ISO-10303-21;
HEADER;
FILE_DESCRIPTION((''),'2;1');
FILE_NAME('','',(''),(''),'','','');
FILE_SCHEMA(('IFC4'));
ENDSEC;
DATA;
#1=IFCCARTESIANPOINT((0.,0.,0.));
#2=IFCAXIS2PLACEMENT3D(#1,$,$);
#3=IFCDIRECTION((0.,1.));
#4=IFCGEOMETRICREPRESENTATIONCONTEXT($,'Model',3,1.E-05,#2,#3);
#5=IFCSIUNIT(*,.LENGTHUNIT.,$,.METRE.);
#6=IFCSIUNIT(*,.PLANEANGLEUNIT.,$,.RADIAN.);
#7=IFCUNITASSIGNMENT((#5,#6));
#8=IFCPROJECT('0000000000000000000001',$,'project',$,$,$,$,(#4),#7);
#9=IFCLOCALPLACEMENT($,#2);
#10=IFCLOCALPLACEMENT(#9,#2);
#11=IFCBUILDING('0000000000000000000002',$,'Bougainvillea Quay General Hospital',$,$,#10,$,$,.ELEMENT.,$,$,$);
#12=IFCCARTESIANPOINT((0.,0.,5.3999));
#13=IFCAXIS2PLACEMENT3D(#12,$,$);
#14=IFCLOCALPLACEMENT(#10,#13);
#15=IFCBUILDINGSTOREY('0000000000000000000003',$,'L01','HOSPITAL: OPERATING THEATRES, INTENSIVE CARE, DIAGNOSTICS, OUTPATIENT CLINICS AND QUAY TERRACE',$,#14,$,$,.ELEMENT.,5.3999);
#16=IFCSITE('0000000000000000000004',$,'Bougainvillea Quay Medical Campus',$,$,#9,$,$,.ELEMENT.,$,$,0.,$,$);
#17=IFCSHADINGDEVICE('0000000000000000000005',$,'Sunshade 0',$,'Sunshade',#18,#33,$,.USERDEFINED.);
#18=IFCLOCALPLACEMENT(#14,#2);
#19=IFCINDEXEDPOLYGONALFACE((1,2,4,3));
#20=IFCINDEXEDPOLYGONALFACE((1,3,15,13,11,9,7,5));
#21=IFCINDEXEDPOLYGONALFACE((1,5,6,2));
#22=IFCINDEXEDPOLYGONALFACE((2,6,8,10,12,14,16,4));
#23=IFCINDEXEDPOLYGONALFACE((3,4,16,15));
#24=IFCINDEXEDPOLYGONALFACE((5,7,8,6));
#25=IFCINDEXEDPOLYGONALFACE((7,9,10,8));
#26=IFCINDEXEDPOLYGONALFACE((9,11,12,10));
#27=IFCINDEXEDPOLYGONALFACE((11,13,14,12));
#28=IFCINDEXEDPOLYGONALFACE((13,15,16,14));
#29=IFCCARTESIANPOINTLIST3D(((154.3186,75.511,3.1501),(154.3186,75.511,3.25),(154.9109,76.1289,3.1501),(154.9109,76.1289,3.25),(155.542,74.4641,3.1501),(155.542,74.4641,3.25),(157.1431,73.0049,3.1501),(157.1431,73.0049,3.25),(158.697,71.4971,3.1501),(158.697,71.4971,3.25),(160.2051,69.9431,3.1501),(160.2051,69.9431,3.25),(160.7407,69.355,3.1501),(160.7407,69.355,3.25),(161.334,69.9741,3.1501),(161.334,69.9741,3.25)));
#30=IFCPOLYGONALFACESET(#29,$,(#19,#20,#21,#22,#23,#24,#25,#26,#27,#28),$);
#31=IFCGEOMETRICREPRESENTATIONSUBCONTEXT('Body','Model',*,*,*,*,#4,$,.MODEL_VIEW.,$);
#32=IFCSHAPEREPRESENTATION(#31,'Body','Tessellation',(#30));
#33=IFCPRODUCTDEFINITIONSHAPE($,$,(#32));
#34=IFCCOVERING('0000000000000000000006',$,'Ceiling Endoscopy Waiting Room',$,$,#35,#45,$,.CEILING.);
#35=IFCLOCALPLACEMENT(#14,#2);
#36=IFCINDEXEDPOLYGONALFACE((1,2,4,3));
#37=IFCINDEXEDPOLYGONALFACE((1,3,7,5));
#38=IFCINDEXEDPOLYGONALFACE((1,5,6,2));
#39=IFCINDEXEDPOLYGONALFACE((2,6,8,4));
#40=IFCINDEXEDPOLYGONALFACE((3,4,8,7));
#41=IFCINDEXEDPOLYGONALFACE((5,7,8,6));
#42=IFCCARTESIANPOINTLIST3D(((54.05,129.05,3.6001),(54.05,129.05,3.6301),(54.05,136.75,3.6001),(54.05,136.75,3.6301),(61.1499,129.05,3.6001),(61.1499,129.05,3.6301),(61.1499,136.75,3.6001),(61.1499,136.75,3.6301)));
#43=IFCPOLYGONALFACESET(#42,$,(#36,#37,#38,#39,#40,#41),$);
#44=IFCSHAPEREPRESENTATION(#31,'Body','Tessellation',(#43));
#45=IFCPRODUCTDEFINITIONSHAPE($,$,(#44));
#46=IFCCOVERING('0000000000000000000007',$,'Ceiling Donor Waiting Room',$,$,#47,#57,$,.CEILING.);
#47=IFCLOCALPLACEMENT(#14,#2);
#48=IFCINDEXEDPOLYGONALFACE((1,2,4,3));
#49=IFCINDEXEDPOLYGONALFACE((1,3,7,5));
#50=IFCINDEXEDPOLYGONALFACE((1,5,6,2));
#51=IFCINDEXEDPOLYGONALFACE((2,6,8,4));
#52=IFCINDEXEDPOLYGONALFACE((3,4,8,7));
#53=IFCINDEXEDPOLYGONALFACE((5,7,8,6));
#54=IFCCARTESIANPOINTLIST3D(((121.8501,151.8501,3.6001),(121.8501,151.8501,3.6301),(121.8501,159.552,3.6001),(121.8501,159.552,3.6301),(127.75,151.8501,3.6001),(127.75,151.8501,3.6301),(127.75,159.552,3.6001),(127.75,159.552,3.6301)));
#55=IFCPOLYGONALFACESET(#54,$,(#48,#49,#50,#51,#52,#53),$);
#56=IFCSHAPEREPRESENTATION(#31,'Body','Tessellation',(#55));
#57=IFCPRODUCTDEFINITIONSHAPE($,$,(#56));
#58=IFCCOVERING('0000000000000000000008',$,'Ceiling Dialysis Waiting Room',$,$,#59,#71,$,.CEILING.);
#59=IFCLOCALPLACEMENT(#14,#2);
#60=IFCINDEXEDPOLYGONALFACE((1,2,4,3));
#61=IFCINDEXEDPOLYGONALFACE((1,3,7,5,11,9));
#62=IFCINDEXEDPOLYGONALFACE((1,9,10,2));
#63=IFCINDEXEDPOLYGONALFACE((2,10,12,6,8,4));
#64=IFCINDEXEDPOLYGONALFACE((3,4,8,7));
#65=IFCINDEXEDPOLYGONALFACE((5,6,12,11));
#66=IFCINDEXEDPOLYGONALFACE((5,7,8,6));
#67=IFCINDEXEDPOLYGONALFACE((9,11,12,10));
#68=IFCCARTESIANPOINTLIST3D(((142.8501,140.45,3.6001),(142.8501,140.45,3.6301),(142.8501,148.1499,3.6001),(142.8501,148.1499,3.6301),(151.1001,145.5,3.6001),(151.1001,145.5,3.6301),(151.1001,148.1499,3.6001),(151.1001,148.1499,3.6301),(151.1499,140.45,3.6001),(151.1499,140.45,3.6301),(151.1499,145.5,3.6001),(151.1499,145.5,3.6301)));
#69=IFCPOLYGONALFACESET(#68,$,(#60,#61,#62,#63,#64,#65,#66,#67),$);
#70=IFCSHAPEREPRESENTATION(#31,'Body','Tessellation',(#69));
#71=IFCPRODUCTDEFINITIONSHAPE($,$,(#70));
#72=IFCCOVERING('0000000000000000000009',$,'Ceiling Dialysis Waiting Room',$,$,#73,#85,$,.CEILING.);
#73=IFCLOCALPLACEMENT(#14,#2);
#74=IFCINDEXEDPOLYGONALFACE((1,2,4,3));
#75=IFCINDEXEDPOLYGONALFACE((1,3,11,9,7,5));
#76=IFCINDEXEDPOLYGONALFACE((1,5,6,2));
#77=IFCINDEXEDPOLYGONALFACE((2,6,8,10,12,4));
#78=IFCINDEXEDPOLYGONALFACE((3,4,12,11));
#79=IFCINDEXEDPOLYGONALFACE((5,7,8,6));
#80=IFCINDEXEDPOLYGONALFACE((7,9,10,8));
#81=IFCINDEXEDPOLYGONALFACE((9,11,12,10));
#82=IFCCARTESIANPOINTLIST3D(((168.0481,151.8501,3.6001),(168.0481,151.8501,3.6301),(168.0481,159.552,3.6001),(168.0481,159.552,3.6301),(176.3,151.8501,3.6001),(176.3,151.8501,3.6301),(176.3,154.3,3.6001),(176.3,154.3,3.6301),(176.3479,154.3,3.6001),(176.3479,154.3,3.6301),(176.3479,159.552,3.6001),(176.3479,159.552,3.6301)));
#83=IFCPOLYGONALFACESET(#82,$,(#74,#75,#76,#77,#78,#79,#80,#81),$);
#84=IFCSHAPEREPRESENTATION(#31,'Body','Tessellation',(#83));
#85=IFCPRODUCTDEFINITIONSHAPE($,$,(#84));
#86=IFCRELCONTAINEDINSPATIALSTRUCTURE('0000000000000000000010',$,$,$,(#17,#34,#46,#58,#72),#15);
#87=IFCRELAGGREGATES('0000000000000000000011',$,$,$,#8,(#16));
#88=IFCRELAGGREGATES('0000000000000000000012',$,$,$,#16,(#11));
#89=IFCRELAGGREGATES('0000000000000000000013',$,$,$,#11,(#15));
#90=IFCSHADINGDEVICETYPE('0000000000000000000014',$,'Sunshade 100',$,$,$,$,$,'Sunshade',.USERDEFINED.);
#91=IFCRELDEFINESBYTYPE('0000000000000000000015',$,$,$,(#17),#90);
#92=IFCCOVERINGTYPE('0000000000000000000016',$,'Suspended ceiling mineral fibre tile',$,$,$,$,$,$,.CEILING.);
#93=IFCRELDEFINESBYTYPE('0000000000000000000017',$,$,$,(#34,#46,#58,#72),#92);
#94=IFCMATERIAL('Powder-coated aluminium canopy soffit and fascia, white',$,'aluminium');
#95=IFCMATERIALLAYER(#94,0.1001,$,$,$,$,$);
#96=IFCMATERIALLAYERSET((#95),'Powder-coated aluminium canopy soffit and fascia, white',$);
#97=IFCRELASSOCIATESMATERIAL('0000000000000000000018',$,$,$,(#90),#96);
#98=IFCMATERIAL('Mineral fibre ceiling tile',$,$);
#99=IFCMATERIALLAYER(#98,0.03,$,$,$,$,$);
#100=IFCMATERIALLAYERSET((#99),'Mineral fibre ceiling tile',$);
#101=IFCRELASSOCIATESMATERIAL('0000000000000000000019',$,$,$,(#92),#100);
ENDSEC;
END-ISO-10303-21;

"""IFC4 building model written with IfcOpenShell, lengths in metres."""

from ifc_helpers import new_model, si_unit, direction, frame, origin, place, context, subcontext, project, spatial, polyline, outline, extrude, material, layer, layer_set, type_object, element, save


model = new_model("IFC4")

# Units and contexts
model_context = context("Model", 3, precision=1e-05, world=origin(), true_north=direction((0.0, 1.0)))
body_context = subcontext(model_context, "Body", "Model", "MODEL_VIEW")
ifc_project = project(units=[si_unit("LENGTHUNIT", "METRE"), si_unit("PLANEANGLEUNIT", "RADIAN")], contexts=[model_context])

# Site, building, storey
site_placement = place(None, origin())
site = spatial("IfcSite", under=ifc_project, at=site_placement, Name="Bougainvillea Quay Medical Campus", CompositionType="ELEMENT", RefElevation=0.0)
building_placement = place(site_placement, origin())
building = spatial("IfcBuilding", under=site, at=building_placement, Name="Bougainvillea Quay General Hospital", CompositionType="ELEMENT")
storey_placement = place(building_placement, frame((0.0, 0.0, 5.3999)))
storey = spatial("IfcBuildingStorey", under=building, at=storey_placement, Name="L01", Description="HOSPITAL: OPERATING THEATRES, INTENSIVE CARE, DIAGNOSTICS, OUTPATIENT CLINICS AND QUAY TERRACE", CompositionType="ELEMENT", Elevation=5.3999)

# Shading device
ifc_material_1 = material(Name="Powder-coated aluminium canopy soffit and fascia, white", Category="aluminium")
ifc_layer_1 = layer(ifc_material_1, 0.1001)
ifc_layer_set_1 = layer_set([ifc_layer_1], Name="Powder-coated aluminium canopy soffit and fascia, white")
shading_device_type = type_object("IfcShadingDeviceType", Name="Sunshade 100", ElementType="Sunshade", PredefinedType="USERDEFINED", material=ifc_layer_set_1)
shading_device_1_placement = place(storey_placement, frame((0.0, 0.0, 3.1501)))
element("IfcShadingDevice", 1, at=shading_device_1_placement, inside=storey, type_object=shading_device_type, Name="Sunshade 0", ObjectType="Sunshade", PredefinedType="USERDEFINED", context=body_context, shape_type="SweptSolid", body=[
    extrude(outline(polyline([(154.9109, 76.1289), (154.3186, 75.511), (155.542, 74.4641), (157.1431, 73.0049), (158.697, 71.4971), (160.2051, 69.9431), (160.7407, 69.355), (161.334, 69.9741), (154.9109, 76.1289)])), origin(), (0.0, 0.0, 1.0), 0.0999),
])

# Coverings
ifc_material_2 = material(Name="Mineral fibre ceiling tile")
ifc_layer_2 = layer(ifc_material_2, 0.03)
ifc_layer_set_2 = layer_set([ifc_layer_2], Name="Mineral fibre ceiling tile")
covering_type = type_object("IfcCoveringType", Name="Suspended ceiling mineral fibre tile", PredefinedType="CEILING", material=ifc_layer_set_2)
covering_1_placement = place(storey_placement, frame((0.0, 0.0, 3.6001)))
element("IfcCovering", 2, at=covering_1_placement, inside=storey, type_object=covering_type, Name="Ceiling Endoscopy Waiting Room", PredefinedType="CEILING", context=body_context, shape_type="SweptSolid", body=[
    extrude(outline(polyline([(61.1499, 129.05), (61.1499, 136.75), (54.05, 136.75), (54.05, 129.05), (61.1499, 129.05)])), origin(), (0.0, 0.0, 1.0), 0.03),
])
covering_2_placement = place(storey_placement, frame((0.0, 0.0, 3.6001)))
element("IfcCovering", 3, at=covering_2_placement, inside=storey, type_object=covering_type, Name="Ceiling Donor Waiting Room", PredefinedType="CEILING", context=body_context, shape_type="SweptSolid", body=[
    extrude(outline(polyline([(127.75, 151.8501), (127.75, 159.552), (121.8501, 159.552), (121.8501, 151.8501), (127.75, 151.8501)])), origin(), (0.0, 0.0, 1.0), 0.03),
])
covering_3_placement = place(storey_placement, frame((0.0, 0.0, 3.6001)))
element("IfcCovering", 4, at=covering_3_placement, inside=storey, type_object=covering_type, Name="Ceiling Dialysis Waiting Room", PredefinedType="CEILING", context=body_context, shape_type="SweptSolid", body=[
    extrude(outline(polyline([(151.1499, 145.5), (151.1001, 145.5), (151.1001, 148.1499), (142.8501, 148.1499), (142.8501, 140.45), (151.1499, 140.45), (151.1499, 145.5)])), origin(), (0.0, 0.0, 1.0), 0.03),
])
covering_4_placement = place(storey_placement, frame((0.0, 0.0, 3.6001)))
element("IfcCovering", 5, at=covering_4_placement, inside=storey, type_object=covering_type, Name="Ceiling Dialysis Waiting Room", PredefinedType="CEILING", context=body_context, shape_type="SweptSolid", body=[
    extrude(outline(polyline([(176.3479, 159.552), (168.0481, 159.552), (168.0481, 151.8501), (176.3, 151.8501), (176.3, 154.3), (176.3479, 154.3), (176.3479, 159.552)])), origin(), (0.0, 0.0, 1.0), 0.03),
])

save(model, "model.ifc")
